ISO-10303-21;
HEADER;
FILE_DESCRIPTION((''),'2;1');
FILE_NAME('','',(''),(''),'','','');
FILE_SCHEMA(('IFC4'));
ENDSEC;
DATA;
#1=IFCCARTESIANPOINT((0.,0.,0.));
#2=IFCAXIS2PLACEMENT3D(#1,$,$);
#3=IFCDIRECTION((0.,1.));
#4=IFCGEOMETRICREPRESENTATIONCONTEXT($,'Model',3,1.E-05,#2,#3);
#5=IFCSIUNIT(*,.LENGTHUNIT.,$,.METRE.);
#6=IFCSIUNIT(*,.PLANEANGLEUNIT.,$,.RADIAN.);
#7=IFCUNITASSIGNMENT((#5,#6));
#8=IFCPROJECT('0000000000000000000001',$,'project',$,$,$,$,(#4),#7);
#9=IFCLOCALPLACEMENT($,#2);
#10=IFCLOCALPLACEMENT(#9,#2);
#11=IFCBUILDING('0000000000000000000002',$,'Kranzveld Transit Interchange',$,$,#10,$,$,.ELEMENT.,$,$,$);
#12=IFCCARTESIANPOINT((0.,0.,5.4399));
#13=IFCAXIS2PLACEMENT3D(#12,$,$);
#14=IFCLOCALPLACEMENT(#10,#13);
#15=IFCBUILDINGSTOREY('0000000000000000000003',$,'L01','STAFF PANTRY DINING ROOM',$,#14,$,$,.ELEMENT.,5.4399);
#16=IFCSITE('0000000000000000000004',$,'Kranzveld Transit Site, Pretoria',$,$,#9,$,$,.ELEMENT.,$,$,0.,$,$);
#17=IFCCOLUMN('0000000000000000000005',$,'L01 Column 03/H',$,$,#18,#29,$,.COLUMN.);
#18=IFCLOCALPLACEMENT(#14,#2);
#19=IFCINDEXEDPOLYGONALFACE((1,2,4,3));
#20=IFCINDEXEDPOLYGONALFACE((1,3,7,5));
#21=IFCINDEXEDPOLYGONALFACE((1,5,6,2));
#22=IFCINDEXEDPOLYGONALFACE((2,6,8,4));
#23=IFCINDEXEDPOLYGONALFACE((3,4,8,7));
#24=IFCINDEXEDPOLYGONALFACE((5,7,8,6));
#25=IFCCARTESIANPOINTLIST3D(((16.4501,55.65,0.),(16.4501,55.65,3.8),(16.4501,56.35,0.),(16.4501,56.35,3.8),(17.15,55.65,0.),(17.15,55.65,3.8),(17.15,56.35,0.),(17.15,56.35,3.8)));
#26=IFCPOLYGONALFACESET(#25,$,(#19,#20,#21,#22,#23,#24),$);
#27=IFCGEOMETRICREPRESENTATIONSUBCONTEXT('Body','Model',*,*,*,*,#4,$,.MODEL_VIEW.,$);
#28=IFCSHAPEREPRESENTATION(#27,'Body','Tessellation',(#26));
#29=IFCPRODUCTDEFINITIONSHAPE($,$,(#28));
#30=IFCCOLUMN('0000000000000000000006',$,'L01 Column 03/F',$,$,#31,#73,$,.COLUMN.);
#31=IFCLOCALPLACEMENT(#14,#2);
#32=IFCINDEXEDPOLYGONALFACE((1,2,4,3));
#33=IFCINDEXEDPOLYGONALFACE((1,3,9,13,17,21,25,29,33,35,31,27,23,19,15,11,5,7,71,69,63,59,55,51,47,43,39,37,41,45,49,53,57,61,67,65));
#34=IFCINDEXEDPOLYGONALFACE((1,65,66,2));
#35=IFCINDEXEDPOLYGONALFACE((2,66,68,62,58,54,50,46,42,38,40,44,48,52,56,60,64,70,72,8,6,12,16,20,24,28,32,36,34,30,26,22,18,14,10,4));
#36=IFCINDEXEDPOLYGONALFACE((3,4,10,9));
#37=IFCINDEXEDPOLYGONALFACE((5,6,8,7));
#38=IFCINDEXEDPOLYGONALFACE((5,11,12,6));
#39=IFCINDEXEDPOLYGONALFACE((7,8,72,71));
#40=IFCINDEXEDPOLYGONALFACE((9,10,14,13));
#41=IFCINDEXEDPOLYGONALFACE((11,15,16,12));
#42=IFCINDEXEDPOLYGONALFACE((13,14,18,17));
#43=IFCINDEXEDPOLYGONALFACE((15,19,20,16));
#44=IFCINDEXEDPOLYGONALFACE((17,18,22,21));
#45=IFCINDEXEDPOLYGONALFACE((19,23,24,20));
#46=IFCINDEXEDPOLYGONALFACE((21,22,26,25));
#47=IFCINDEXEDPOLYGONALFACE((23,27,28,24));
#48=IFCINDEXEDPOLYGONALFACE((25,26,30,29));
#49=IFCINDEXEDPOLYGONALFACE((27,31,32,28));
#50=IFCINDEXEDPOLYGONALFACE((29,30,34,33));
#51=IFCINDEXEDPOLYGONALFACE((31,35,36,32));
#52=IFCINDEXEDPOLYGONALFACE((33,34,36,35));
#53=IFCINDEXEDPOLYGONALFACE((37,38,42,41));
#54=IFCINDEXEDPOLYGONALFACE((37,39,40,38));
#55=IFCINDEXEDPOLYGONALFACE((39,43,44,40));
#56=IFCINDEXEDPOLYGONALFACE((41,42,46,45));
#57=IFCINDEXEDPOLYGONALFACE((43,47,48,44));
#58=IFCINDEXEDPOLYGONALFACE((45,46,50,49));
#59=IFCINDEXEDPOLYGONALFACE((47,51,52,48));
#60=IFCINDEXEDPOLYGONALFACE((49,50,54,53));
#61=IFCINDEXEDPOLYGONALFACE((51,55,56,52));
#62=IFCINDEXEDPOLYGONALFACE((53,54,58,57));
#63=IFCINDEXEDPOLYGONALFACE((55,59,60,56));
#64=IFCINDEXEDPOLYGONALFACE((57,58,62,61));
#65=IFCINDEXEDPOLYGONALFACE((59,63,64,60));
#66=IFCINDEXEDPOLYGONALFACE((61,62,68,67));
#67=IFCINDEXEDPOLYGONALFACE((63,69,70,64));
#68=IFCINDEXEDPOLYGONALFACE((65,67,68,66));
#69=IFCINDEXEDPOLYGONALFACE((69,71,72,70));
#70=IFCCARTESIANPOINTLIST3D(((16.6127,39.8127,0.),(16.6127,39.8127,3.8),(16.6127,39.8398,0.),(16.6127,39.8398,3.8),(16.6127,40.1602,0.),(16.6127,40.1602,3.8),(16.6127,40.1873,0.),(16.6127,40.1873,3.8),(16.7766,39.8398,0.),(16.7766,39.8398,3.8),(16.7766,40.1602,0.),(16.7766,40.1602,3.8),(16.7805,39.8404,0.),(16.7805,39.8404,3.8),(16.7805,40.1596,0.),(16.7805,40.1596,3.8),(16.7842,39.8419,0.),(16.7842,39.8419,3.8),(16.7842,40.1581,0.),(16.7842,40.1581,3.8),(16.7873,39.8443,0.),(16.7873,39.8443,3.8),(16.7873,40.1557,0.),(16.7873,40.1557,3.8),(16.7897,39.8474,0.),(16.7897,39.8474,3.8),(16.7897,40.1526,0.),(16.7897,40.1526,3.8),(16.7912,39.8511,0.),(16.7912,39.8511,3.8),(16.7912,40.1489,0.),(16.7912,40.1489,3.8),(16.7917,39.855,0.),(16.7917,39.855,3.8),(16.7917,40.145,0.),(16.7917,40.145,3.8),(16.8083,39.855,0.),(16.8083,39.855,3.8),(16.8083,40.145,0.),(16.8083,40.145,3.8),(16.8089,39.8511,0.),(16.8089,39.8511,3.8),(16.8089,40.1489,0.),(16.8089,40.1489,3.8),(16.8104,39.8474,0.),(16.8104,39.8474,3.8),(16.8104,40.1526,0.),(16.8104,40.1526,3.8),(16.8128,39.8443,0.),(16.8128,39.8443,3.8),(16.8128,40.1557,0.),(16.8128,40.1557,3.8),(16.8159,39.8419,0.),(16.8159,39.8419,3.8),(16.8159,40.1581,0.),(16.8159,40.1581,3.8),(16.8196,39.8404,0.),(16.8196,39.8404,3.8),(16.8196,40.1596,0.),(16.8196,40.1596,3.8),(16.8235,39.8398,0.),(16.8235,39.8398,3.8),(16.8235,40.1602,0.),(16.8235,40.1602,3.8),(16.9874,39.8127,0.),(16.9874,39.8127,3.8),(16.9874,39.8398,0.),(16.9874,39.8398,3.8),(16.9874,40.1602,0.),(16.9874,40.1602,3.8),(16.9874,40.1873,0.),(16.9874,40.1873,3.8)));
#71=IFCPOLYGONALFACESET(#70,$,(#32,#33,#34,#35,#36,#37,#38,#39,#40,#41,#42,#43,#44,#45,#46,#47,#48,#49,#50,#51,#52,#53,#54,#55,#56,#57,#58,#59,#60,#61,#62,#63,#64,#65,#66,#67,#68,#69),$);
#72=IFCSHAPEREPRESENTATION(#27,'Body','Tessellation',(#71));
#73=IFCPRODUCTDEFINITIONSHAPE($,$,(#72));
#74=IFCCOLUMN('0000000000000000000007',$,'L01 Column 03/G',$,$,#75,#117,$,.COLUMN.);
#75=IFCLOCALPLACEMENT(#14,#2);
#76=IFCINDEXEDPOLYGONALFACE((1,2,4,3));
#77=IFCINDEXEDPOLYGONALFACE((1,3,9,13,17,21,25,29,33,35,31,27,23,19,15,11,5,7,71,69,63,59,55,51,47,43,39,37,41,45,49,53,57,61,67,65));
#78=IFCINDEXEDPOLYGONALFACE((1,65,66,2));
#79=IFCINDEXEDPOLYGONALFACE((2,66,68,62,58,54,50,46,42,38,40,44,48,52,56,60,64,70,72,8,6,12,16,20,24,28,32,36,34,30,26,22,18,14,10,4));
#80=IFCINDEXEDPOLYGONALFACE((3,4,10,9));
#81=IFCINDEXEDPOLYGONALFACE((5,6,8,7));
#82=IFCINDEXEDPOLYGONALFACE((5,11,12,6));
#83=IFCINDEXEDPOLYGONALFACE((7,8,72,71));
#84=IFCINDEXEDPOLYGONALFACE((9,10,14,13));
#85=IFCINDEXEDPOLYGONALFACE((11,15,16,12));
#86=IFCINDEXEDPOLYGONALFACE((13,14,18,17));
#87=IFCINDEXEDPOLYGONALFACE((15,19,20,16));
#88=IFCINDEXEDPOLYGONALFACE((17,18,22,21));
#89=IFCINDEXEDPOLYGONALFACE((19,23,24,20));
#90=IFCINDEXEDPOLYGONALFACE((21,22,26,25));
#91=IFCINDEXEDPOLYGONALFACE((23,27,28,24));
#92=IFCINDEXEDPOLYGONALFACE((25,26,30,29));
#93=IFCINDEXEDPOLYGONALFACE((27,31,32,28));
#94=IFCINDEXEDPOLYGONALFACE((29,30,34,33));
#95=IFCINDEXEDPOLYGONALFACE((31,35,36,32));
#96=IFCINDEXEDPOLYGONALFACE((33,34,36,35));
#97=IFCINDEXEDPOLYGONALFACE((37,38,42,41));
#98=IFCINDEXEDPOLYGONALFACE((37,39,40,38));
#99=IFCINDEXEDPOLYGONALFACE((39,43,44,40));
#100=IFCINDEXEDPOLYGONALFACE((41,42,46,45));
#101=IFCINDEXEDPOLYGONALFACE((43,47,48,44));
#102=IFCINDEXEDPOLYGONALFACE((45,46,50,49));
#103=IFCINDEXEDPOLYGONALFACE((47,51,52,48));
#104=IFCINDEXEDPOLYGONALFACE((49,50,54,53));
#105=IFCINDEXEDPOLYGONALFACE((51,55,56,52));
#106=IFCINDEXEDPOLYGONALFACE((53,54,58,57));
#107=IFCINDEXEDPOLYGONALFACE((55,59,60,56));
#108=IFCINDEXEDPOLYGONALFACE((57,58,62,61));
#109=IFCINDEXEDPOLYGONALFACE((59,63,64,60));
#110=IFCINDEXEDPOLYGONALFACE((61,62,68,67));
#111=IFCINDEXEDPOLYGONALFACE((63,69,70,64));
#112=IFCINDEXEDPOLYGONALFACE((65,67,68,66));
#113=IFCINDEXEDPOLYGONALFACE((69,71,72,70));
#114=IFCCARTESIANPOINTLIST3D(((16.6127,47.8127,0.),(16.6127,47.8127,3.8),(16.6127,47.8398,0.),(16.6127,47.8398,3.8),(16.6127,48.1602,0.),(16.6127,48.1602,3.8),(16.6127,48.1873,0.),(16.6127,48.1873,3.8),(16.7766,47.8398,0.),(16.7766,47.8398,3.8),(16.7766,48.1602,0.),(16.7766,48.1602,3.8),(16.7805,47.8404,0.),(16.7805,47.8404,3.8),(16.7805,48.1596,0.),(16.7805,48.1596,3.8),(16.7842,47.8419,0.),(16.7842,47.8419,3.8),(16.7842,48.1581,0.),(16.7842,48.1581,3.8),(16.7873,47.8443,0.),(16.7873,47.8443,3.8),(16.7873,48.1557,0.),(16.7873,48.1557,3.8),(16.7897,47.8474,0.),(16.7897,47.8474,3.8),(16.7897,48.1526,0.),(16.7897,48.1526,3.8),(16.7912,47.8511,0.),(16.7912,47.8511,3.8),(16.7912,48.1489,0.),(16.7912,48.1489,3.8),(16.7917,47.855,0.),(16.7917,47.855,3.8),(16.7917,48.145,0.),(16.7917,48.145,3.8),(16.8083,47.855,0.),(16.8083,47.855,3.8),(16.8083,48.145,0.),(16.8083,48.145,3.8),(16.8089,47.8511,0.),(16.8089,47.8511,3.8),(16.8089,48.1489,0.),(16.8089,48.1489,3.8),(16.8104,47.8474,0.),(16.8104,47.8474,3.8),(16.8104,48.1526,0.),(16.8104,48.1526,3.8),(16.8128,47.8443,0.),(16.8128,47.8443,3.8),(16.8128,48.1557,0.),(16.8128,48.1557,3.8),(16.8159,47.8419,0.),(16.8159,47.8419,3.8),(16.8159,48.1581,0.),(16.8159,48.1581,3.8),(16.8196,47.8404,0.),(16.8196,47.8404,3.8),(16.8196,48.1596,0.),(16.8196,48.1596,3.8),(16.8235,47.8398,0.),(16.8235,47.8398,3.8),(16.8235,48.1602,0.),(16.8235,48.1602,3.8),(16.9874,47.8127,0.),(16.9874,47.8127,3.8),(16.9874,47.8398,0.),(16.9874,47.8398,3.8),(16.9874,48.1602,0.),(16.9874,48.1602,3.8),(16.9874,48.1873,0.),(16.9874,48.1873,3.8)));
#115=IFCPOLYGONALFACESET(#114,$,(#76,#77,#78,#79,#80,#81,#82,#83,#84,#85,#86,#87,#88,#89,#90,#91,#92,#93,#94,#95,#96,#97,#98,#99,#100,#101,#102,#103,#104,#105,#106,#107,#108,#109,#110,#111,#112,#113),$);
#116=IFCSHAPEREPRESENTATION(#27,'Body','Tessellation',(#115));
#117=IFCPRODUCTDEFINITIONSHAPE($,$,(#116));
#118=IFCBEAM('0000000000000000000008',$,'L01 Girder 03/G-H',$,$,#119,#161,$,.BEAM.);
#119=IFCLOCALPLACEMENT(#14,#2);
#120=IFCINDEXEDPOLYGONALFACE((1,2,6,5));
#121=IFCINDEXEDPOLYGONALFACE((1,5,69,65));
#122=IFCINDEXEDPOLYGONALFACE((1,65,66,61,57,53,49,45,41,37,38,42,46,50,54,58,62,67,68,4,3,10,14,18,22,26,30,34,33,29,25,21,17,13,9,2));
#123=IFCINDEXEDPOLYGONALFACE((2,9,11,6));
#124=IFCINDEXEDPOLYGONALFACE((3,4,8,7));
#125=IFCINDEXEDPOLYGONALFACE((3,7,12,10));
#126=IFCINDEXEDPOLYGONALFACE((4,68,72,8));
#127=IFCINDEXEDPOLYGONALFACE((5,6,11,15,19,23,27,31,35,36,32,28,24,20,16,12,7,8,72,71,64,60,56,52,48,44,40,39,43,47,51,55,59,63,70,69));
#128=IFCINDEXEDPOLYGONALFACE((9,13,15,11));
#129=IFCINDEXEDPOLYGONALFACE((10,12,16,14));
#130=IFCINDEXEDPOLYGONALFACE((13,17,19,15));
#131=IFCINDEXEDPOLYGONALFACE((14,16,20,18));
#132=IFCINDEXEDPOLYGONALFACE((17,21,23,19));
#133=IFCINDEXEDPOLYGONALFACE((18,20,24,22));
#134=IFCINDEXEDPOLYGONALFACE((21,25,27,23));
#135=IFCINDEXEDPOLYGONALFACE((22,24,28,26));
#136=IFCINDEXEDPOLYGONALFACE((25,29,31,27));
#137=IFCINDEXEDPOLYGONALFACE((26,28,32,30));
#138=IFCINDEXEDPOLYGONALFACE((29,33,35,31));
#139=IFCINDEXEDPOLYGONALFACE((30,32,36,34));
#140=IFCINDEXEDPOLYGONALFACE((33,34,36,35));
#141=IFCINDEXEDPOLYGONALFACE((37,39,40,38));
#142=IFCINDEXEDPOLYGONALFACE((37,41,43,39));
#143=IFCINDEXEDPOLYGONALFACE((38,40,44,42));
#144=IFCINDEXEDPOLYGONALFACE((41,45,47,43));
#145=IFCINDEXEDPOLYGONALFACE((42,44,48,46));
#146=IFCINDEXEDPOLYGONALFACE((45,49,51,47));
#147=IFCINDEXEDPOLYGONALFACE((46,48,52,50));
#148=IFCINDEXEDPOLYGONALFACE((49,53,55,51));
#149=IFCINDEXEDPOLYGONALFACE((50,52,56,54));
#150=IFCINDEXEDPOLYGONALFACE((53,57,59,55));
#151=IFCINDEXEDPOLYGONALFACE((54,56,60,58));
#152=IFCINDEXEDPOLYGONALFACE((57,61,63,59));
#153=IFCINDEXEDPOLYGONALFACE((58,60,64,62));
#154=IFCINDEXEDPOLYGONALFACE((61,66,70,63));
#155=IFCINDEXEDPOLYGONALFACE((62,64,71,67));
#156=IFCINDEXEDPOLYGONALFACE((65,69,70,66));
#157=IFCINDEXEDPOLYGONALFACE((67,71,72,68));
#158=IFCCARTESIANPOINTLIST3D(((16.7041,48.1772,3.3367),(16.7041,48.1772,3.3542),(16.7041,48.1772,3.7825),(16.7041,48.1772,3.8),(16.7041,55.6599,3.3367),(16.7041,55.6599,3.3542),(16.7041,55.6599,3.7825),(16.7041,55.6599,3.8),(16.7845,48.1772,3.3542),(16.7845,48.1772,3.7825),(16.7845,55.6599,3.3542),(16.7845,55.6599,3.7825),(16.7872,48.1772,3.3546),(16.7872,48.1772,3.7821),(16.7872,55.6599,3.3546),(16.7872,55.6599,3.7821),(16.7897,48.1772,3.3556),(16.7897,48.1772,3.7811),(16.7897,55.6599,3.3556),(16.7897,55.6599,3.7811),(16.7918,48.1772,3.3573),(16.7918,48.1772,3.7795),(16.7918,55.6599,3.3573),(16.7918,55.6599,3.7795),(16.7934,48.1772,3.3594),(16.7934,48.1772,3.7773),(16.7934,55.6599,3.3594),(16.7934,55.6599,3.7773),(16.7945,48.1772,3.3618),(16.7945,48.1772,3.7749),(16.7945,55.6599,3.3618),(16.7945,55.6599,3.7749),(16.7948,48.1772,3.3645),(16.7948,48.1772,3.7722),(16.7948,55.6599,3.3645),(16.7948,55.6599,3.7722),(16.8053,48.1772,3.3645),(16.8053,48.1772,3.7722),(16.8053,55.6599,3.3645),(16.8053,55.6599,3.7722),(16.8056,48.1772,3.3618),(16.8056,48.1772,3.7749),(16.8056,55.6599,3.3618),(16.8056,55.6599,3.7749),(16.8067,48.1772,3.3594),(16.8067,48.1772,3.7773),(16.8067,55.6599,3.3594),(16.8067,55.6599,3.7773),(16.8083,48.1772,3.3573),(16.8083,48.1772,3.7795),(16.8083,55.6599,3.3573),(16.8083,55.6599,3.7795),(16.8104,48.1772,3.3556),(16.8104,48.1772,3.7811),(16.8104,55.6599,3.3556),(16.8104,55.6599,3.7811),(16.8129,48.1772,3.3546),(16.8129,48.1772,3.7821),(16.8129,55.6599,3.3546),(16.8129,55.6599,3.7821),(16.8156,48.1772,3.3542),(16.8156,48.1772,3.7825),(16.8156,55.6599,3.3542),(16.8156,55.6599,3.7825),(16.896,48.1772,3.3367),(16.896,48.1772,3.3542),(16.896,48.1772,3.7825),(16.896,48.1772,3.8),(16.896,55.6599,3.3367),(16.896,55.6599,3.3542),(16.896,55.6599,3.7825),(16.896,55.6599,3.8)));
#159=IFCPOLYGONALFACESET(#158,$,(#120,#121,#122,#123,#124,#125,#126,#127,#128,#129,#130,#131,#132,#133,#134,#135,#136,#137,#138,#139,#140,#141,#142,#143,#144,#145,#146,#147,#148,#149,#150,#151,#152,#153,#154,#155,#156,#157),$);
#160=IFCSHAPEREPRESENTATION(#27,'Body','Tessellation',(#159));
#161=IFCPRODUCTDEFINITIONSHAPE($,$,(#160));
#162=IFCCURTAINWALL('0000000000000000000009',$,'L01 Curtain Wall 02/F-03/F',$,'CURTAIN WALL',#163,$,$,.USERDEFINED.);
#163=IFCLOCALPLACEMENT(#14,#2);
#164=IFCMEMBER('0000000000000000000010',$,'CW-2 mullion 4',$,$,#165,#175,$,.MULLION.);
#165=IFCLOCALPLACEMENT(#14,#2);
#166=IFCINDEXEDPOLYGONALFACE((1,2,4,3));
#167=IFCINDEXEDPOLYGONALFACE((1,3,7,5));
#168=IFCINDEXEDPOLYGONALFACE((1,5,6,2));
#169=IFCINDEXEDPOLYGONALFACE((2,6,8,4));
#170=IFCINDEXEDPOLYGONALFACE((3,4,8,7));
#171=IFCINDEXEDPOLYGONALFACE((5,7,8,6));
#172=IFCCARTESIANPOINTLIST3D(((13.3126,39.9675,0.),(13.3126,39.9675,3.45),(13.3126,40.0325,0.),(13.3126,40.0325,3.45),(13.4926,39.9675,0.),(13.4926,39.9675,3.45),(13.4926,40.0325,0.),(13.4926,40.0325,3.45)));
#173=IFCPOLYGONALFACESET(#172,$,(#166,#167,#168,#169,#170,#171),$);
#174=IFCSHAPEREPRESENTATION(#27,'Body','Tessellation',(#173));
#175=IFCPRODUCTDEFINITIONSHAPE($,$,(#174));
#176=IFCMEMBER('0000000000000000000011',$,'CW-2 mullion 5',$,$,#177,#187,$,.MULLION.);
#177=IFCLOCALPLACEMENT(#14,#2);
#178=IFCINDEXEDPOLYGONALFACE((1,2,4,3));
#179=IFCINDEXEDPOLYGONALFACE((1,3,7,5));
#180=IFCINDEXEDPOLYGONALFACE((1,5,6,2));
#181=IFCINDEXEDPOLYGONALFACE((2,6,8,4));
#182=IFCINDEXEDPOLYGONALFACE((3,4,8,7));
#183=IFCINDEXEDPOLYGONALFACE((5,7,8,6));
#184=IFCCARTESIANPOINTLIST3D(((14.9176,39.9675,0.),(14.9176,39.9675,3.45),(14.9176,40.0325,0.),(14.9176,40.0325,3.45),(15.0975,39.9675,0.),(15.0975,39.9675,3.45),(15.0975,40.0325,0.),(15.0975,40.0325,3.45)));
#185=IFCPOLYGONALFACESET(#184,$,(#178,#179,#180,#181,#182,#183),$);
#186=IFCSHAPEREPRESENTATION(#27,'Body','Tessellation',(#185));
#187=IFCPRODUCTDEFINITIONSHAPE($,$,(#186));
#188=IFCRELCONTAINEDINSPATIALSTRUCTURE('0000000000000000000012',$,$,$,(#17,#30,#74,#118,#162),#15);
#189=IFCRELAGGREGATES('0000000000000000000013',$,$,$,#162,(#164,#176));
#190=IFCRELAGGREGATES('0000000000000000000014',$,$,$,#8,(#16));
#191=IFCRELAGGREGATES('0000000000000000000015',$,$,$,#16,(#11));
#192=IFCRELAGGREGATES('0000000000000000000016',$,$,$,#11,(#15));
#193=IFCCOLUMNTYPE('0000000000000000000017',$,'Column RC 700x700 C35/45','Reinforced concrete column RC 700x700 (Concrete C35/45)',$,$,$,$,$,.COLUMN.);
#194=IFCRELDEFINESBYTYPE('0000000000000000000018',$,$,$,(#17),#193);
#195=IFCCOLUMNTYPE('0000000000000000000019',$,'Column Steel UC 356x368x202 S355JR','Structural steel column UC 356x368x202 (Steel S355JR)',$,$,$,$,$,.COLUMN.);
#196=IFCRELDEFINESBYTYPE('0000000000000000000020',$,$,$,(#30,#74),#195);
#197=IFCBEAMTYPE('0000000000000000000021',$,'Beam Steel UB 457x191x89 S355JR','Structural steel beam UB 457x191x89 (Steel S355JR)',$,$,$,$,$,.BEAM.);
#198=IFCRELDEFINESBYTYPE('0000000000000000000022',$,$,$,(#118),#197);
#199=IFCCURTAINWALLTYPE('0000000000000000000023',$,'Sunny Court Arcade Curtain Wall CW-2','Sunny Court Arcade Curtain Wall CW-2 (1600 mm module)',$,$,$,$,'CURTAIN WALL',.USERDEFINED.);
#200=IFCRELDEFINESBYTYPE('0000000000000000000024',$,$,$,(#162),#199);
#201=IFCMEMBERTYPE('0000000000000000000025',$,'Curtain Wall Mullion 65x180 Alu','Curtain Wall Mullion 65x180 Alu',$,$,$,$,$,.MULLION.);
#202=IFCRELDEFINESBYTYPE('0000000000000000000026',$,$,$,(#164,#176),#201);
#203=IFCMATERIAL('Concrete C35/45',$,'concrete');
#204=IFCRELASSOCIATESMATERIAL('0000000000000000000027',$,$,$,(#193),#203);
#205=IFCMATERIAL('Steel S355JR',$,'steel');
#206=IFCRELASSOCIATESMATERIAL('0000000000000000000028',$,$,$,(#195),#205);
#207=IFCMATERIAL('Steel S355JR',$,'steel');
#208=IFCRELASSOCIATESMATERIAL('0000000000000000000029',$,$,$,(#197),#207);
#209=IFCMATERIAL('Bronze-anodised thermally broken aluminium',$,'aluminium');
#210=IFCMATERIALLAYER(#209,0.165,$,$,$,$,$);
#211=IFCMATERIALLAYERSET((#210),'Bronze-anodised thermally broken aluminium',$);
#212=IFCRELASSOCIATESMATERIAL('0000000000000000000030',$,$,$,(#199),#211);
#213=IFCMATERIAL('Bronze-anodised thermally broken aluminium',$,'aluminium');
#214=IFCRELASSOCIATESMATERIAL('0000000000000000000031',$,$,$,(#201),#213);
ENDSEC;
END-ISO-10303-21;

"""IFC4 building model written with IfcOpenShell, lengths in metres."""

from ifc_helpers import new_model, si_unit, direction, frame, origin, origin_2d, place, context, subcontext, project, spatial, rectangle, i_section, extrude, material, layer, layer_set, material_profile, profile_set, type_object, element, aggregate, save


model = new_model("IFC4")

# Units and contexts
model_context = context("Model", 3, precision=1e-05, world=origin(), true_north=direction((0.0, 1.0)))
body_context = subcontext(model_context, "Body", "Model", "MODEL_VIEW")
ifc_project = project(units=[si_unit("LENGTHUNIT", "METRE"), si_unit("PLANEANGLEUNIT", "RADIAN")], contexts=[model_context])

# Site, building, storey
site_placement = place(None, origin())
site = spatial("IfcSite", under=ifc_project, at=site_placement, Name="Kranzveld Transit Site, Pretoria", CompositionType="ELEMENT", RefElevation=0.0)
building_placement = place(site_placement, origin())
building = spatial("IfcBuilding", under=site, at=building_placement, Name="Kranzveld Transit Interchange", CompositionType="ELEMENT")
storey_placement = place(building_placement, frame((0.0, 0.0, 5.4399)))
storey = spatial("IfcBuildingStorey", under=building, at=storey_placement, Name="L01", Description="STAFF PANTRY DINING ROOM", CompositionType="ELEMENT", Elevation=5.4399)

# Columns
ifc_material_1 = material(Name="Concrete C35/45", Category="concrete")
ifc_material_profile_1 = material_profile(ifc_material_1, rectangle(XDim=0.7, YDim=0.7, at=origin_2d()), Name="RC 700x700")
ifc_profile_set_1 = profile_set([ifc_material_profile_1], Name="Concrete C35/45")
column_type_1 = type_object("IfcColumnType", Name="Column RC 700x700 C35/45", Description="Reinforced concrete column RC 700x700 (Concrete C35/45)", PredefinedType="COLUMN", material=ifc_profile_set_1)
column_placement = place(storey_placement, frame((16.8, 56.0, 0.0), z_axis=(0.0, 0.0, 1.0), x_axis=(1.0, 0.0, 0.0)))
element("IfcColumn", 1, at=column_placement, inside=storey, type_object=column_type_1, Name="L01 Column 03/H", PredefinedType="COLUMN", context=body_context, shape_type="SweptSolid", body=[
    extrude(rectangle(XDim=0.7, YDim=0.7, at=origin_2d()), origin(), (0.0, 0.0, 1.0), 3.8),
])
ifc_material_2 = material(Name="Steel S355JR", Category="steel")
ifc_material_profile_2 = material_profile(ifc_material_2, i_section(OverallWidth=0.3748, OverallDepth=0.3745, WebThickness=0.0166, FlangeThickness=0.0271, FilletRadius=0.0151, at=origin_2d()), Name="UC 356x368x202")
ifc_profile_set_2 = profile_set([ifc_material_profile_2], Name="Steel S355JR")
column_type_2 = type_object("IfcColumnType", Name="Column Steel UC 356x368x202 S355JR", Description="Structural steel column UC 356x368x202 (Steel S355JR)", PredefinedType="COLUMN", material=ifc_profile_set_2)
for number, where, z_axis, x_axis, name in (
    (2, (16.8, 40.0, 0.0), (0.0, 0.0, 1.0), (1.0, 0.0, 0.0), "L01 Column 03/F"),
    (3, (16.8, 48.0, 0.0), (0.0, 0.0, 1.0), (1.0, 0.0, 0.0), "L01 Column 03/G"),
):
    element("IfcColumn", number, at=place(storey_placement, frame(where, z_axis=z_axis, x_axis=x_axis)), inside=storey, type_object=column_type_2, Name=name, PredefinedType="COLUMN", context=body_context, shape_type="SweptSolid", body=[
        extrude(i_section(OverallWidth=0.3748, OverallDepth=0.3745, WebThickness=0.0166, FlangeThickness=0.0271, FilletRadius=0.0151, at=origin_2d()), origin(), (0.0, 0.0, 1.0), 3.8),
    ])

# Beam
ifc_material_3 = material(Name="Steel S355JR", Category="steel")
ifc_material_profile_3 = material_profile(ifc_material_3, i_section(OverallWidth=0.1919, OverallDepth=0.4634, WebThickness=0.0105, FlangeThickness=0.0176, FilletRadius=0.0103, at=origin_2d()), Name="UB 457x191x89")
ifc_profile_set_3 = profile_set([ifc_material_profile_3], Name="Steel S355JR")
beam_type_1 = type_object("IfcBeamType", Name="Beam Steel UB 457x191x89 S355JR", Description="Structural steel beam UB 457x191x89 (Steel S355JR)", PredefinedType="BEAM", material=ifc_profile_set_3)
beam_1_placement = place(storey_placement, frame((16.8, 48.1772, 3.5684), z_axis=(0.0, 1.0, 0.0), x_axis=(-1.0, 0.0, 0.0)))
element("IfcBeam", 4, at=beam_1_placement, inside=storey, type_object=beam_type_1, Name="L01 Girder 03/G-H", PredefinedType="BEAM", context=body_context, shape_type="SweptSolid", body=[
    extrude(i_section(OverallWidth=0.1919, OverallDepth=0.4634, WebThickness=0.0105, FlangeThickness=0.0176, FilletRadius=0.0103, at=origin_2d()), origin(), (0.0, 0.0, 1.0), 7.4827),
])

# Curtain wall, members
ifc_material_4 = material(Name="Bronze-anodised thermally broken aluminium", Category="aluminium")
ifc_layer_1 = layer(ifc_material_4, 0.165)
ifc_layer_set_1 = layer_set([ifc_layer_1], Name="Bronze-anodised thermally broken aluminium")
curtain_wall_type = type_object("IfcCurtainWallType", Name="Sunny Court Arcade Curtain Wall CW-2", Description="Sunny Court Arcade Curtain Wall CW-2 (1600 mm module)", ElementType="CURTAIN WALL", PredefinedType="USERDEFINED", material=ifc_layer_set_1)
curtain_wall_placement = place(storey_placement, origin())
curtain_wall = element("IfcCurtainWall", 5, at=curtain_wall_placement, inside=storey, type_object=curtain_wall_type, Name="L01 Curtain Wall 02/F-03/F", ObjectType="CURTAIN WALL", PredefinedType="USERDEFINED")
ifc_material_5 = material(Name="Bronze-anodised thermally broken aluminium", Category="aluminium")
ifc_material_profile_4 = material_profile(ifc_material_5, rectangle(XDim=0.0649, YDim=0.1799, at=origin_2d()), Name="ALU MULLION 65x180")
ifc_profile_set_4 = profile_set([ifc_material_profile_4], Name="Bronze-anodised thermally broken aluminium")
member_type_1 = type_object("IfcMemberType", Name="Curtain Wall Mullion 65x180 Alu", Description="Curtain Wall Mullion 65x180 Alu", PredefinedType="MULLION", material=ifc_profile_set_4)
member_1_placement = place(storey_placement, frame((13.4026, 40.0, 0.0), z_axis=(0.0, 0.0, 1.0), x_axis=(0.0, 1.0, 0.0)))
member_1 = element("IfcMember", 6, at=member_1_placement, type_object=member_type_1, Name="CW-2 mullion 4", PredefinedType="MULLION", context=body_context, shape_type="SweptSolid", body=[
    extrude(rectangle(XDim=0.0649, YDim=0.1799, at=origin_2d()), origin(), (0.0, 0.0, 1.0), 3.45),
])
member_2_placement = place(storey_placement, frame((15.0076, 40.0, 0.0), z_axis=(0.0, 0.0, 1.0), x_axis=(0.0, 1.0, 0.0)))
member_2 = element("IfcMember", 7, at=member_2_placement, type_object=member_type_1, Name="CW-2 mullion 5", PredefinedType="MULLION", context=body_context, shape_type="SweptSolid", body=[
    extrude(rectangle(XDim=0.0649, YDim=0.1799, at=origin_2d()), origin(), (0.0, 0.0, 1.0), 3.45),
])

aggregate(curtain_wall, [member_1, member_2])

save(model, "model.ifc")
